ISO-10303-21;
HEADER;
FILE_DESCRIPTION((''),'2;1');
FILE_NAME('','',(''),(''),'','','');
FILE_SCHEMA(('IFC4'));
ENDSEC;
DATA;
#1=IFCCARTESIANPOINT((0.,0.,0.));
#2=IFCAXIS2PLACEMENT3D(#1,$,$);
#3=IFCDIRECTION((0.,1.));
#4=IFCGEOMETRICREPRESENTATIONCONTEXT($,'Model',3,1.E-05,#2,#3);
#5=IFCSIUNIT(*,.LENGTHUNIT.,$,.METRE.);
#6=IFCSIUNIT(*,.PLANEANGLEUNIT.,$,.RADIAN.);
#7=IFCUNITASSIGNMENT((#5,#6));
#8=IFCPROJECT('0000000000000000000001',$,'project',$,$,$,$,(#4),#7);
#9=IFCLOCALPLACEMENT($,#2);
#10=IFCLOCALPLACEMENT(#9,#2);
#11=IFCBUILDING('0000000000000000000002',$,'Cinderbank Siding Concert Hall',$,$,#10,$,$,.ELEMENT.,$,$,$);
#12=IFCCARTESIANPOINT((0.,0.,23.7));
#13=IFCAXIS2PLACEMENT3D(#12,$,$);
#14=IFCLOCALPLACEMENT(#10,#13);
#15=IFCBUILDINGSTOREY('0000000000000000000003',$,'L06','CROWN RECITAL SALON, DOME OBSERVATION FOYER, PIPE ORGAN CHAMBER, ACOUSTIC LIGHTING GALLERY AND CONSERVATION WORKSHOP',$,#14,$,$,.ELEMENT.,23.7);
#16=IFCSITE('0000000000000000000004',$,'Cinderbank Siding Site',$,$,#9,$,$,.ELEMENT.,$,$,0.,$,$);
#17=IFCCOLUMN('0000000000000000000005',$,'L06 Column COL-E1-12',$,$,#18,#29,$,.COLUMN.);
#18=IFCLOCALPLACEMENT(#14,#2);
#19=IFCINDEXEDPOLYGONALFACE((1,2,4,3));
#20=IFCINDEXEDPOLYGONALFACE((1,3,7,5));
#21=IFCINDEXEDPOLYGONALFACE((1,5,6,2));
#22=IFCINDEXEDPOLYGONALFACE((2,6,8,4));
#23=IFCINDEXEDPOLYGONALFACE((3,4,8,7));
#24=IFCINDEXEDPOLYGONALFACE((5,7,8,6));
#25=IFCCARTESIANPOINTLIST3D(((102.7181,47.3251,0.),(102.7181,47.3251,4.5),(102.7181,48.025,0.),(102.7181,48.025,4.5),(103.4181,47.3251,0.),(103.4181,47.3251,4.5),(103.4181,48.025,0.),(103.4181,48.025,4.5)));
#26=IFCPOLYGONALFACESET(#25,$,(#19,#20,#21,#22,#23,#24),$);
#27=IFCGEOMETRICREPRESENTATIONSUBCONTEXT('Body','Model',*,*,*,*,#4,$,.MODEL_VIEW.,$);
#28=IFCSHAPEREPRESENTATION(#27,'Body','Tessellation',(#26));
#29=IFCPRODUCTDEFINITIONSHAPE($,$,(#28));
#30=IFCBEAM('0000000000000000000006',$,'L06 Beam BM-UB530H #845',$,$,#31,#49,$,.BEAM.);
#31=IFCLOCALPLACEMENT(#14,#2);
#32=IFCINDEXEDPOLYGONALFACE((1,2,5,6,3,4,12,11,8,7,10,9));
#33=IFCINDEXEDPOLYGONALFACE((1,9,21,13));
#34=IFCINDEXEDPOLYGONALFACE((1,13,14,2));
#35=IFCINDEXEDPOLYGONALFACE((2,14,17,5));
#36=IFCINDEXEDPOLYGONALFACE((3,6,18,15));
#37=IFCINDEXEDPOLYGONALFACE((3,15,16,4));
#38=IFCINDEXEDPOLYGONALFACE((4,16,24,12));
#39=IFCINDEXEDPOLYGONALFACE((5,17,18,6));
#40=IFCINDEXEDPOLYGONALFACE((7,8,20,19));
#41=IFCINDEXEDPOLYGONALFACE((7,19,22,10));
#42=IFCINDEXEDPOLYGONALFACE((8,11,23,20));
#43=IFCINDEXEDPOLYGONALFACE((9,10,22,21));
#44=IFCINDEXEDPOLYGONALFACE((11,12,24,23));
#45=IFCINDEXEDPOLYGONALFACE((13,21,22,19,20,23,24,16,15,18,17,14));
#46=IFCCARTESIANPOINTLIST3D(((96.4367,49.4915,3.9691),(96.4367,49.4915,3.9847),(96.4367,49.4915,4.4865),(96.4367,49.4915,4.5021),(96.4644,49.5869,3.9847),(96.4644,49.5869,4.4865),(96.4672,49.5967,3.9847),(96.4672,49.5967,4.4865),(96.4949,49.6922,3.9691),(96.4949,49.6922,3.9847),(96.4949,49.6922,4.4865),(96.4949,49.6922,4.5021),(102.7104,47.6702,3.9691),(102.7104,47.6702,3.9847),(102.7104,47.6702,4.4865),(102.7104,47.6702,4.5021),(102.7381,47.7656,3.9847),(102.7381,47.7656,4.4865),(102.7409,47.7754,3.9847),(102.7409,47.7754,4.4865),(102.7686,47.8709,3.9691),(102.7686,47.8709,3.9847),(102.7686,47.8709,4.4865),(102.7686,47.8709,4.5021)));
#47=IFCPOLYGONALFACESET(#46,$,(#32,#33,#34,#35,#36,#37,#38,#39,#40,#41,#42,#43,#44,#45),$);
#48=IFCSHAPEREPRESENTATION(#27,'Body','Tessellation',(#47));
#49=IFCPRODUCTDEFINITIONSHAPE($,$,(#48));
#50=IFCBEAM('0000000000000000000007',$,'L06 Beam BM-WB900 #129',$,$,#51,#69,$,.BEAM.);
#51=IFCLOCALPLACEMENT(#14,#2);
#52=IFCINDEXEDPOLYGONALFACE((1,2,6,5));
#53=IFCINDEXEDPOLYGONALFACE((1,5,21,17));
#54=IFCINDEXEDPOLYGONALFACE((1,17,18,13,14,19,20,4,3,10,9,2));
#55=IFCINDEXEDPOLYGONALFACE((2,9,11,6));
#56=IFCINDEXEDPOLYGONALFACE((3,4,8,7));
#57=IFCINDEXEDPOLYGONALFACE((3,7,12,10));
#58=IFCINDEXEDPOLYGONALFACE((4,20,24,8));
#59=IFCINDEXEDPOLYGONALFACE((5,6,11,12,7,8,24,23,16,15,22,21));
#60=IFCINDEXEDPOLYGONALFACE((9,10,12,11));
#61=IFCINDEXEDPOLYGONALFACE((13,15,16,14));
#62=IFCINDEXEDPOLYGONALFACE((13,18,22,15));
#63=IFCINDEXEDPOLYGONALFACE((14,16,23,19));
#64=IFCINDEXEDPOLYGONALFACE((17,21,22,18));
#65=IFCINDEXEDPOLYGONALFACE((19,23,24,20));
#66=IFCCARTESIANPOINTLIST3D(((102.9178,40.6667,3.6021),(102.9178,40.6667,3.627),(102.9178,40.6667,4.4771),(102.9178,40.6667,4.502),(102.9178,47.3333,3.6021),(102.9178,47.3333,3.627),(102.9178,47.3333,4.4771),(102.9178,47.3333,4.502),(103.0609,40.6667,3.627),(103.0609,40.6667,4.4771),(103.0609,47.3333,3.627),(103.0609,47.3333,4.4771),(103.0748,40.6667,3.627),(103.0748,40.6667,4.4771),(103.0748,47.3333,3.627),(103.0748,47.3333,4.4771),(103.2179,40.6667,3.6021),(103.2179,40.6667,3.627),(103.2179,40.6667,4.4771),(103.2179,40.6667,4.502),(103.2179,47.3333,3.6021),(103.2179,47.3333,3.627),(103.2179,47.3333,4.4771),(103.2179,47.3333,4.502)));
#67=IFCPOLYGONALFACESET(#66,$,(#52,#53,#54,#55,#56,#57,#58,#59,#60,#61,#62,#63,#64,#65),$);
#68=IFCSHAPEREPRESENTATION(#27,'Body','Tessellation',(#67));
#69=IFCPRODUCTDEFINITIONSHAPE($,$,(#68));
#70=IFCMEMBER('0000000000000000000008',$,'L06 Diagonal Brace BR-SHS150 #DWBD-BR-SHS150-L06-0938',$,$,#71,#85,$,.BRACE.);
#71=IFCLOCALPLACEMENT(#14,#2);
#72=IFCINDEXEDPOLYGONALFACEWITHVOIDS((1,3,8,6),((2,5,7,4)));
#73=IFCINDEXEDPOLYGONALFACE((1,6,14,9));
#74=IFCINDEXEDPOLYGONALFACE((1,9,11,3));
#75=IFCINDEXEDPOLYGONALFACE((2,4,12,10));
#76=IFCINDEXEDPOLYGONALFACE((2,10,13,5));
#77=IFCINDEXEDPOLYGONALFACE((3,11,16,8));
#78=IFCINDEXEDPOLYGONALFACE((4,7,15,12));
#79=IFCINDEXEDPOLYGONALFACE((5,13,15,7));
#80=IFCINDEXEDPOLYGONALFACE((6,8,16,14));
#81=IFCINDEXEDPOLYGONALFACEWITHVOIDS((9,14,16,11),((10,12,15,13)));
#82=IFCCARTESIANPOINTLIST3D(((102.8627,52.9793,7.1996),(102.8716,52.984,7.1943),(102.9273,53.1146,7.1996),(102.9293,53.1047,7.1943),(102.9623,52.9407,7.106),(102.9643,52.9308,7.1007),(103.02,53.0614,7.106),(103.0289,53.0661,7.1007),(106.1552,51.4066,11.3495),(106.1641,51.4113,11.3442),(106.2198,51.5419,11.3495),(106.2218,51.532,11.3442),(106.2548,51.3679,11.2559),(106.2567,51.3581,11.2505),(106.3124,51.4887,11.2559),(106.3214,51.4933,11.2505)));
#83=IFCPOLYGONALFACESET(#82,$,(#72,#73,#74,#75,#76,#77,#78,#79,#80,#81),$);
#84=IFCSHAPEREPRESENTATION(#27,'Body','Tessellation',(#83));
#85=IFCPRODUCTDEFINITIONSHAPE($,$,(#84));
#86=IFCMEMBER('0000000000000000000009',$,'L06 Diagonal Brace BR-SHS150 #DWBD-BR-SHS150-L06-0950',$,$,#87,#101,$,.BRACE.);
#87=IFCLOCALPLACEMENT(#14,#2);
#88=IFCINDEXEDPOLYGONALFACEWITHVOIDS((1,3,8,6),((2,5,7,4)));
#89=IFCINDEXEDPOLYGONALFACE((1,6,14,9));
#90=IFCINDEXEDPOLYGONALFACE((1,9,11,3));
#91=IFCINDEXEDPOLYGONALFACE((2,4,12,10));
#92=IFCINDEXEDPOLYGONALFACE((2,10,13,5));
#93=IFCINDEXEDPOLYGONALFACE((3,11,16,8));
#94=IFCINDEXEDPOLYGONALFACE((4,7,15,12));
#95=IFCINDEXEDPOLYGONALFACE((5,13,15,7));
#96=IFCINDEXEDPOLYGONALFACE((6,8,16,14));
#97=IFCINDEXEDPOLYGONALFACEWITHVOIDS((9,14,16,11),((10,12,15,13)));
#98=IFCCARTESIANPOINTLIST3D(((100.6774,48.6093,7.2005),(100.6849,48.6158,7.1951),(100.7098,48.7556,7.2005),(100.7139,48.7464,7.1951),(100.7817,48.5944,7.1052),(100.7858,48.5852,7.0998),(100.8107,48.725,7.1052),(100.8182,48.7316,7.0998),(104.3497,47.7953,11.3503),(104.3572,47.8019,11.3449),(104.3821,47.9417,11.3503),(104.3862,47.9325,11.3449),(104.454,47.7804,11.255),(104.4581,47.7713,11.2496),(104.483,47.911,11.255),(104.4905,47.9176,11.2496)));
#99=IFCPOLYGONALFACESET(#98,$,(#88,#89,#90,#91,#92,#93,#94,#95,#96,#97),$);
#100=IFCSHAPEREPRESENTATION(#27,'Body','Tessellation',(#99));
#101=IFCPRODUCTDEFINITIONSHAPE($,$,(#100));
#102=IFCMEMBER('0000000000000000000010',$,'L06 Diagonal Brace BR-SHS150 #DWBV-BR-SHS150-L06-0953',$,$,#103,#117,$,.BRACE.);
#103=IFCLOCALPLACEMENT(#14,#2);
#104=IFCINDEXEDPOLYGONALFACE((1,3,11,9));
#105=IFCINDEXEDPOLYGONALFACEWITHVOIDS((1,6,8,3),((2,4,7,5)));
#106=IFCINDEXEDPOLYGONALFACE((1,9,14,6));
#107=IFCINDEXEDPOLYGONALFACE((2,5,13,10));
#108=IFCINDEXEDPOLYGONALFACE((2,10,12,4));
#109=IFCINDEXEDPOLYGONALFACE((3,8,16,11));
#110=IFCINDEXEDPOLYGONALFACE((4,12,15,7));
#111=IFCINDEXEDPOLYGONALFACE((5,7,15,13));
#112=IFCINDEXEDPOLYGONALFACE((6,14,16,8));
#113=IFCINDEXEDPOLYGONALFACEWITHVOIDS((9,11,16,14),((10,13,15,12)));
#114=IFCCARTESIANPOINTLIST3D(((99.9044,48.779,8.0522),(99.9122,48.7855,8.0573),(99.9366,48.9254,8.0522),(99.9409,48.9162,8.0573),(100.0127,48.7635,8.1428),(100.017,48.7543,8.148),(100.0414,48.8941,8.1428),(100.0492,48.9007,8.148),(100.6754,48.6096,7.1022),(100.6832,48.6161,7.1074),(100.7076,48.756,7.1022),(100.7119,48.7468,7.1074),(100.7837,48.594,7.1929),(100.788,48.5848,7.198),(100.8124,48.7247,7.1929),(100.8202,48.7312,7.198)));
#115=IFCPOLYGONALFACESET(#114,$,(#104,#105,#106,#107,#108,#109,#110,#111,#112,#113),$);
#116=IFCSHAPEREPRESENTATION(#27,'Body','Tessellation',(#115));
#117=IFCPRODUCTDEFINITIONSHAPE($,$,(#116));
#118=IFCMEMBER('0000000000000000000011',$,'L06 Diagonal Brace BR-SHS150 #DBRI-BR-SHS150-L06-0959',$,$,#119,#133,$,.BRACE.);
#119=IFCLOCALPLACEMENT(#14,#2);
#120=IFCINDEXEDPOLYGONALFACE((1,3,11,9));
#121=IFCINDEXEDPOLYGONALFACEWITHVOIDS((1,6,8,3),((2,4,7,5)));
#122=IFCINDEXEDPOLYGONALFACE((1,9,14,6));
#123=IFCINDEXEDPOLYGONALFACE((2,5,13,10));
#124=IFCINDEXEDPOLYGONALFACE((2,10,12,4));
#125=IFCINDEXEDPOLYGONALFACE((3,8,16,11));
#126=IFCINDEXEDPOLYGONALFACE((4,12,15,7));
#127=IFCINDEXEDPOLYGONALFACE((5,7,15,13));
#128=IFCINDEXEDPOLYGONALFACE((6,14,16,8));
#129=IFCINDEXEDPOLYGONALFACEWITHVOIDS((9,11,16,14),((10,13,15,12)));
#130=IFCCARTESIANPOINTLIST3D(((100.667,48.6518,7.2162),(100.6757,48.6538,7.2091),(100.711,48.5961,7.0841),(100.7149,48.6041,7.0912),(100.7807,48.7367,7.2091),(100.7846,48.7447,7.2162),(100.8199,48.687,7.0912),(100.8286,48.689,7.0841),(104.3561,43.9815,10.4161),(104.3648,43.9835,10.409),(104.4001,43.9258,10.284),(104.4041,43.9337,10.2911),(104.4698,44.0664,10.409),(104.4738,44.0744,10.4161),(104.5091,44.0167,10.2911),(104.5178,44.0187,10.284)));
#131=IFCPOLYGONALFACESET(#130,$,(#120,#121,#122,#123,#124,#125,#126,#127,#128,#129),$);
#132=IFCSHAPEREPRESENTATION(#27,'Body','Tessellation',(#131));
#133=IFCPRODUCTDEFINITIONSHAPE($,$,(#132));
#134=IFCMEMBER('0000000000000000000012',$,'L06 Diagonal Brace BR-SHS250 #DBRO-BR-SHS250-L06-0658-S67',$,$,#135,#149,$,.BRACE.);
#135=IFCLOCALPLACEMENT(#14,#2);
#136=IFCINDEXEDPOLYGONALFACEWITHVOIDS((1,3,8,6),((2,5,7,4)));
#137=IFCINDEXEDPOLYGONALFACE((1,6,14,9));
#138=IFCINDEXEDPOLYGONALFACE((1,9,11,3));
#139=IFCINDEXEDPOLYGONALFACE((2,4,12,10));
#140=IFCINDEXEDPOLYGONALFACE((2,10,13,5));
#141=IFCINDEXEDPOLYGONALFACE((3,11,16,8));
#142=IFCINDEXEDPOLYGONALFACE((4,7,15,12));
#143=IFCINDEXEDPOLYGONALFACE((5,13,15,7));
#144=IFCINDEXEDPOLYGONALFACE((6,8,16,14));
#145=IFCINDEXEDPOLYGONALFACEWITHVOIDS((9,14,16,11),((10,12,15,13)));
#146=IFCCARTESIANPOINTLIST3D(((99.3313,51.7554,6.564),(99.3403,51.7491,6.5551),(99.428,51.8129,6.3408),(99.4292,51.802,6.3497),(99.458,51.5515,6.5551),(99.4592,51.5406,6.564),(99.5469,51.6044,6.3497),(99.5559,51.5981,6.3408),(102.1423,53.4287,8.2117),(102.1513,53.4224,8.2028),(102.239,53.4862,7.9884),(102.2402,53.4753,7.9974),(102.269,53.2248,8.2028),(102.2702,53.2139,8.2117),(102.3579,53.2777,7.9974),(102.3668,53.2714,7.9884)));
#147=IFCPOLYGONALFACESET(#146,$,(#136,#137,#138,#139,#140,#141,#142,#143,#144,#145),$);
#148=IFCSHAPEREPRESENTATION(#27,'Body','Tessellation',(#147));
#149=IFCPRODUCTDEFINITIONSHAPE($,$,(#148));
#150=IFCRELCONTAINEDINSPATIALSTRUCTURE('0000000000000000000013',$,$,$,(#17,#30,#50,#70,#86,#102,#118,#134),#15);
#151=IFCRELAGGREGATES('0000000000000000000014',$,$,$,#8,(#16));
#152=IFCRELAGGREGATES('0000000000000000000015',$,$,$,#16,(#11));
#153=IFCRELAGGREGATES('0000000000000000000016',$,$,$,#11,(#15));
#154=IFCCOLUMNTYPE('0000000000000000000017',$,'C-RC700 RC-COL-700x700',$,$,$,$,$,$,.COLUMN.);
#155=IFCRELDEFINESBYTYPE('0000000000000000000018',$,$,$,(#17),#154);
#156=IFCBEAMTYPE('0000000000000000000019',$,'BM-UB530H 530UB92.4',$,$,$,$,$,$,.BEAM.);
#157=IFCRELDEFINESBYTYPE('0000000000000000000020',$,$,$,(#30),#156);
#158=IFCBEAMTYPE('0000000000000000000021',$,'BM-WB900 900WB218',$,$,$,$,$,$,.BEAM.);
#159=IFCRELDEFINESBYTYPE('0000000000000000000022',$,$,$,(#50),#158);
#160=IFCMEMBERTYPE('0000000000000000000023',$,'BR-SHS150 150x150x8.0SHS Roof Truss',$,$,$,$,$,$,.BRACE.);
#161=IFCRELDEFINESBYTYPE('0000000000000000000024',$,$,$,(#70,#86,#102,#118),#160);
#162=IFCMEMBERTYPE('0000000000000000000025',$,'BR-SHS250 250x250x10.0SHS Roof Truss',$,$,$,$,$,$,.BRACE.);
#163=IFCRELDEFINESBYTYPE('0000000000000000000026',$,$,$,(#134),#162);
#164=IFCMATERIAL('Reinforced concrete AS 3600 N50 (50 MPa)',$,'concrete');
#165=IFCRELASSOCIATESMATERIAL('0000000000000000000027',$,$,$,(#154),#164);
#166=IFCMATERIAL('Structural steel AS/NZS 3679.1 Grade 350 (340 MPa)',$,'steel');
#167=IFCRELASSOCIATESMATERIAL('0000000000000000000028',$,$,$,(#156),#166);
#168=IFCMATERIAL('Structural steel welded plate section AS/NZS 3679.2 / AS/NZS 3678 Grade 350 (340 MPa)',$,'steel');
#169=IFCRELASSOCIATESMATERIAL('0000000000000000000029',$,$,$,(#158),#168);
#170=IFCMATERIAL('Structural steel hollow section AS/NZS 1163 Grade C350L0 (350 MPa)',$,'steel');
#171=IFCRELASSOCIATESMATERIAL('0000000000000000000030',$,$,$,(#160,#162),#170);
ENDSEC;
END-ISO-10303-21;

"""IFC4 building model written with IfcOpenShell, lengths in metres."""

from ifc_helpers import new_model, si_unit, direction, frame, origin, origin_2d, place, context, subcontext, project, spatial, rectangle, hollow_rectangle, i_section, extrude, material, material_profile, profile_set, type_object, element, save


model = new_model("IFC4")

# Units and contexts
model_context = context("Model", 3, precision=1e-05, world=origin(), true_north=direction((0.0, 1.0)))
body_context = subcontext(model_context, "Body", "Model", "MODEL_VIEW")
ifc_project = project(units=[si_unit("LENGTHUNIT", "METRE"), si_unit("PLANEANGLEUNIT", "RADIAN")], contexts=[model_context])

# Site, building, storey
site_placement = place(None, origin())
site = spatial("IfcSite", under=ifc_project, at=site_placement, Name="Cinderbank Siding Site", CompositionType="ELEMENT", RefElevation=0.0)
building_placement = place(site_placement, origin())
building = spatial("IfcBuilding", under=site, at=building_placement, Name="Cinderbank Siding Concert Hall", CompositionType="ELEMENT")
storey_placement = place(building_placement, frame((0.0, 0.0, 23.7)))
storey = spatial("IfcBuildingStorey", under=building, at=storey_placement, Name="L06", Description="CROWN RECITAL SALON, DOME OBSERVATION FOYER, PIPE ORGAN CHAMBER, ACOUSTIC LIGHTING GALLERY AND CONSERVATION WORKSHOP", CompositionType="ELEMENT", Elevation=23.7)

# Column
ifc_material_1 = material(Name="Reinforced concrete AS 3600 N50 (50 MPa)", Category="concrete")
ifc_material_profile_1 = material_profile(ifc_material_1, rectangle(XDim=0.7, YDim=0.7, at=origin_2d()), Name="RC-COL-700x700", Category="LoadBearing")
ifc_profile_set_1 = profile_set([ifc_material_profile_1], Name="Reinforced concrete AS 3600 N50 (50 MPa)")
column_type = type_object("IfcColumnType", Name="C-RC700 RC-COL-700x700", PredefinedType="COLUMN", material=ifc_profile_set_1)
column_placement = place(storey_placement, frame((103.0681, 47.675, 0.0), z_axis=(0.0, 0.0, 1.0), x_axis=(1.0, 0.0, 0.0)))
element("IfcColumn", 1, at=column_placement, inside=storey, type_object=column_type, Name="L06 Column COL-E1-12", PredefinedType="COLUMN", context=body_context, shape_type="SweptSolid", body=[
    extrude(rectangle(XDim=0.7, YDim=0.7, at=origin_2d()), origin(), (0.0, 0.0, 1.0), 4.5),
])

# Beams
ifc_material_2 = material(Name="Structural steel AS/NZS 3679.1 Grade 350 (340 MPa)", Category="steel")
ifc_material_profile_2 = material_profile(ifc_material_2, i_section(OverallWidth=0.209, OverallDepth=0.533, WebThickness=0.0103, FlangeThickness=0.0156, at=origin_2d()), Name="530UB92.4", Category="LoadBearing")
ifc_profile_set_2 = profile_set([ifc_material_profile_2], Name="Structural steel AS/NZS 3679.1 Grade 350 (340 MPa)")
beam_type_1 = type_object("IfcBeamType", Name="BM-UB530H 530UB92.4", PredefinedType="BEAM", material=ifc_profile_set_2)
beam_1_placement = place(storey_placement, frame((102.7395, 47.7705, 4.2356), z_axis=(-0.96035, 0.278796, 0.0), x_axis=(-0.278796, -0.96035, 0.0)))
element("IfcBeam", 2, at=beam_1_placement, inside=storey, type_object=beam_type_1, Name="L06 Beam BM-UB530H #845", PredefinedType="BEAM", context=body_context, shape_type="SweptSolid", body=[
    extrude(i_section(OverallWidth=0.209, OverallDepth=0.533, WebThickness=0.0103, FlangeThickness=0.0156, at=origin_2d()), origin(), (0.0, 0.0, 1.0), 6.5327),
])
ifc_material_3 = material(Name="Structural steel welded plate section AS/NZS 3679.2 / AS/NZS 3678 Grade 350 (340 MPa)", Category="steel")
ifc_material_profile_3 = material_profile(ifc_material_3, i_section(OverallWidth=0.3, OverallDepth=0.8999, WebThickness=0.0139, FlangeThickness=0.0249, at=origin_2d()), Name="900WB218", Category="LoadBearing")
ifc_profile_set_3 = profile_set([ifc_material_profile_3], Name="Structural steel welded plate section AS/NZS 3679.2 / AS/NZS 3678 Grade 350 (340 MPa)")
beam_type_2 = type_object("IfcBeamType", Name="BM-WB900 900WB218", PredefinedType="BEAM", material=ifc_profile_set_3)
beam_2_placement = place(storey_placement, frame((103.0679, 47.3333, 4.052), z_axis=(0.0, -1.0, 0.0), x_axis=(1.0, 0.0, 0.0)))
element("IfcBeam", 3, at=beam_2_placement, inside=storey, type_object=beam_type_2, Name="L06 Beam BM-WB900 #129", PredefinedType="BEAM", context=body_context, shape_type="SweptSolid", body=[
    extrude(i_section(OverallWidth=0.3, OverallDepth=0.8999, WebThickness=0.0139, FlangeThickness=0.0249, at=origin_2d()), origin(), (0.0, 0.0, 1.0), 6.6665),
])

# Members
ifc_material_4 = material(Name="Structural steel hollow section AS/NZS 1163 Grade C350L0 (350 MPa)", Category="steel")
ifc_material_profile_4 = material_profile(ifc_material_4, hollow_rectangle(XDim=0.1499, YDim=0.1499, WallThickness=0.0081, at=origin_2d()), Name="150x150x8.0SHS", Category="LoadBearing")
ifc_profile_set_4 = profile_set([ifc_material_profile_4], Name="Structural steel hollow section AS/NZS 1163 Grade C350L0 (350 MPa)")
member_type_1 = type_object("IfcMemberType", Name="BR-SHS150 150x150x8.0SHS Roof Truss", PredefinedType="BRACE", material=ifc_profile_set_4)
member_1_placement = place(storey_placement, frame((102.9458, 53.0227, 7.1501), z_axis=(0.595826, -0.284615, 0.75099), x_axis=(0.431029, 0.902338, 0.0)))
element("IfcMember", 4, at=member_1_placement, inside=storey, type_object=member_type_1, Name="L06 Diagonal Brace BR-SHS150 #DWBD-BR-SHS150-L06-0938", PredefinedType="BRACE", context=body_context, shape_type="SweptSolid", body=[
    extrude(hollow_rectangle(XDim=0.1499, YDim=0.1499, WallThickness=0.0081, at=origin_2d()), origin(), (0.0, 0.0, 1.0), 5.5259),
])
member_2_placement = place(storey_placement, frame((100.7478, 48.6704, 7.1501), z_axis=(0.65567, -0.145327, 0.74093), x_axis=(0.216394, 0.976306, 0.0)))
element("IfcMember", 5, at=member_2_placement, inside=storey, type_object=member_type_1, Name="L06 Diagonal Brace BR-SHS150 #DWBD-BR-SHS150-L06-0950", PredefinedType="BRACE", context=body_context, shape_type="SweptSolid", body=[
    extrude(hollow_rectangle(XDim=0.1499, YDim=0.1499, WallThickness=0.0081, at=origin_2d()), origin(), (0.0, 0.0, 1.0), 5.6008),
])
member_3_placement = place(storey_placement, frame((100.7478, 48.6704, 7.1501), z_axis=(-0.624222, 0.137179, 0.769109), x_axis=(-0.214638, -0.976694, 0.0)))
element("IfcMember", 6, at=member_3_placement, inside=storey, type_object=member_type_1, Name="L06 Diagonal Brace BR-SHS150 #DWBV-BR-SHS150-L06-0953", PredefinedType="BRACE", context=body_context, shape_type="SweptSolid", body=[
    extrude(hollow_rectangle(XDim=0.1499, YDim=0.1499, WallThickness=0.0081, at=origin_2d()), origin(), (0.0, 0.0, 1.0), 1.2351),
])
member_4_placement = place(storey_placement, frame((100.7478, 48.6704, 7.1501), z_axis=(0.54595, -0.691153, 0.473547), x_axis=(0.784716, 0.619856, 0.0)))
element("IfcMember", 7, at=member_4_placement, inside=storey, type_object=member_type_1, Name="L06 Diagonal Brace BR-SHS150 #DBRI-BR-SHS150-L06-0959", PredefinedType="BRACE", context=body_context, shape_type="SweptSolid", body=[
    extrude(hollow_rectangle(XDim=0.1499, YDim=0.1499, WallThickness=0.0081, at=origin_2d()), origin(), (0.0, 0.0, 1.0), 6.7573),
])
ifc_material_profile_5 = material_profile(ifc_material_4, hollow_rectangle(XDim=0.25, YDim=0.25, WallThickness=0.01, at=origin_2d()), Name="250x250x10.0SHS", Category="LoadBearing")
ifc_profile_set_5 = profile_set([ifc_material_profile_5], Name="Structural steel hollow section AS/NZS 1163 Grade C350L0 (350 MPa)")
member_type_2 = type_object("IfcMemberType", Name="BR-SHS250 250x250x10.0SHS Roof Truss", PredefinedType="BRACE", material=ifc_profile_set_5)
member_5_placement = place(storey_placement, frame((99.4436, 51.6768, 6.4524), z_axis=(0.767432, 0.456833, 0.449835), x_axis=(-0.511507, 0.859279, 0.0)))
element("IfcMember", 8, at=member_5_placement, inside=storey, type_object=member_type_2, Name="L06 Diagonal Brace BR-SHS250 #DBRO-BR-SHS250-L06-0658-S67", PredefinedType="BRACE", context=body_context, shape_type="SweptSolid", body=[
    extrude(hollow_rectangle(XDim=0.25, YDim=0.25, WallThickness=0.01, at=origin_2d()), origin(), (0.0, 0.0, 1.0), 3.6628),
])

save(model, "model.ifc")
